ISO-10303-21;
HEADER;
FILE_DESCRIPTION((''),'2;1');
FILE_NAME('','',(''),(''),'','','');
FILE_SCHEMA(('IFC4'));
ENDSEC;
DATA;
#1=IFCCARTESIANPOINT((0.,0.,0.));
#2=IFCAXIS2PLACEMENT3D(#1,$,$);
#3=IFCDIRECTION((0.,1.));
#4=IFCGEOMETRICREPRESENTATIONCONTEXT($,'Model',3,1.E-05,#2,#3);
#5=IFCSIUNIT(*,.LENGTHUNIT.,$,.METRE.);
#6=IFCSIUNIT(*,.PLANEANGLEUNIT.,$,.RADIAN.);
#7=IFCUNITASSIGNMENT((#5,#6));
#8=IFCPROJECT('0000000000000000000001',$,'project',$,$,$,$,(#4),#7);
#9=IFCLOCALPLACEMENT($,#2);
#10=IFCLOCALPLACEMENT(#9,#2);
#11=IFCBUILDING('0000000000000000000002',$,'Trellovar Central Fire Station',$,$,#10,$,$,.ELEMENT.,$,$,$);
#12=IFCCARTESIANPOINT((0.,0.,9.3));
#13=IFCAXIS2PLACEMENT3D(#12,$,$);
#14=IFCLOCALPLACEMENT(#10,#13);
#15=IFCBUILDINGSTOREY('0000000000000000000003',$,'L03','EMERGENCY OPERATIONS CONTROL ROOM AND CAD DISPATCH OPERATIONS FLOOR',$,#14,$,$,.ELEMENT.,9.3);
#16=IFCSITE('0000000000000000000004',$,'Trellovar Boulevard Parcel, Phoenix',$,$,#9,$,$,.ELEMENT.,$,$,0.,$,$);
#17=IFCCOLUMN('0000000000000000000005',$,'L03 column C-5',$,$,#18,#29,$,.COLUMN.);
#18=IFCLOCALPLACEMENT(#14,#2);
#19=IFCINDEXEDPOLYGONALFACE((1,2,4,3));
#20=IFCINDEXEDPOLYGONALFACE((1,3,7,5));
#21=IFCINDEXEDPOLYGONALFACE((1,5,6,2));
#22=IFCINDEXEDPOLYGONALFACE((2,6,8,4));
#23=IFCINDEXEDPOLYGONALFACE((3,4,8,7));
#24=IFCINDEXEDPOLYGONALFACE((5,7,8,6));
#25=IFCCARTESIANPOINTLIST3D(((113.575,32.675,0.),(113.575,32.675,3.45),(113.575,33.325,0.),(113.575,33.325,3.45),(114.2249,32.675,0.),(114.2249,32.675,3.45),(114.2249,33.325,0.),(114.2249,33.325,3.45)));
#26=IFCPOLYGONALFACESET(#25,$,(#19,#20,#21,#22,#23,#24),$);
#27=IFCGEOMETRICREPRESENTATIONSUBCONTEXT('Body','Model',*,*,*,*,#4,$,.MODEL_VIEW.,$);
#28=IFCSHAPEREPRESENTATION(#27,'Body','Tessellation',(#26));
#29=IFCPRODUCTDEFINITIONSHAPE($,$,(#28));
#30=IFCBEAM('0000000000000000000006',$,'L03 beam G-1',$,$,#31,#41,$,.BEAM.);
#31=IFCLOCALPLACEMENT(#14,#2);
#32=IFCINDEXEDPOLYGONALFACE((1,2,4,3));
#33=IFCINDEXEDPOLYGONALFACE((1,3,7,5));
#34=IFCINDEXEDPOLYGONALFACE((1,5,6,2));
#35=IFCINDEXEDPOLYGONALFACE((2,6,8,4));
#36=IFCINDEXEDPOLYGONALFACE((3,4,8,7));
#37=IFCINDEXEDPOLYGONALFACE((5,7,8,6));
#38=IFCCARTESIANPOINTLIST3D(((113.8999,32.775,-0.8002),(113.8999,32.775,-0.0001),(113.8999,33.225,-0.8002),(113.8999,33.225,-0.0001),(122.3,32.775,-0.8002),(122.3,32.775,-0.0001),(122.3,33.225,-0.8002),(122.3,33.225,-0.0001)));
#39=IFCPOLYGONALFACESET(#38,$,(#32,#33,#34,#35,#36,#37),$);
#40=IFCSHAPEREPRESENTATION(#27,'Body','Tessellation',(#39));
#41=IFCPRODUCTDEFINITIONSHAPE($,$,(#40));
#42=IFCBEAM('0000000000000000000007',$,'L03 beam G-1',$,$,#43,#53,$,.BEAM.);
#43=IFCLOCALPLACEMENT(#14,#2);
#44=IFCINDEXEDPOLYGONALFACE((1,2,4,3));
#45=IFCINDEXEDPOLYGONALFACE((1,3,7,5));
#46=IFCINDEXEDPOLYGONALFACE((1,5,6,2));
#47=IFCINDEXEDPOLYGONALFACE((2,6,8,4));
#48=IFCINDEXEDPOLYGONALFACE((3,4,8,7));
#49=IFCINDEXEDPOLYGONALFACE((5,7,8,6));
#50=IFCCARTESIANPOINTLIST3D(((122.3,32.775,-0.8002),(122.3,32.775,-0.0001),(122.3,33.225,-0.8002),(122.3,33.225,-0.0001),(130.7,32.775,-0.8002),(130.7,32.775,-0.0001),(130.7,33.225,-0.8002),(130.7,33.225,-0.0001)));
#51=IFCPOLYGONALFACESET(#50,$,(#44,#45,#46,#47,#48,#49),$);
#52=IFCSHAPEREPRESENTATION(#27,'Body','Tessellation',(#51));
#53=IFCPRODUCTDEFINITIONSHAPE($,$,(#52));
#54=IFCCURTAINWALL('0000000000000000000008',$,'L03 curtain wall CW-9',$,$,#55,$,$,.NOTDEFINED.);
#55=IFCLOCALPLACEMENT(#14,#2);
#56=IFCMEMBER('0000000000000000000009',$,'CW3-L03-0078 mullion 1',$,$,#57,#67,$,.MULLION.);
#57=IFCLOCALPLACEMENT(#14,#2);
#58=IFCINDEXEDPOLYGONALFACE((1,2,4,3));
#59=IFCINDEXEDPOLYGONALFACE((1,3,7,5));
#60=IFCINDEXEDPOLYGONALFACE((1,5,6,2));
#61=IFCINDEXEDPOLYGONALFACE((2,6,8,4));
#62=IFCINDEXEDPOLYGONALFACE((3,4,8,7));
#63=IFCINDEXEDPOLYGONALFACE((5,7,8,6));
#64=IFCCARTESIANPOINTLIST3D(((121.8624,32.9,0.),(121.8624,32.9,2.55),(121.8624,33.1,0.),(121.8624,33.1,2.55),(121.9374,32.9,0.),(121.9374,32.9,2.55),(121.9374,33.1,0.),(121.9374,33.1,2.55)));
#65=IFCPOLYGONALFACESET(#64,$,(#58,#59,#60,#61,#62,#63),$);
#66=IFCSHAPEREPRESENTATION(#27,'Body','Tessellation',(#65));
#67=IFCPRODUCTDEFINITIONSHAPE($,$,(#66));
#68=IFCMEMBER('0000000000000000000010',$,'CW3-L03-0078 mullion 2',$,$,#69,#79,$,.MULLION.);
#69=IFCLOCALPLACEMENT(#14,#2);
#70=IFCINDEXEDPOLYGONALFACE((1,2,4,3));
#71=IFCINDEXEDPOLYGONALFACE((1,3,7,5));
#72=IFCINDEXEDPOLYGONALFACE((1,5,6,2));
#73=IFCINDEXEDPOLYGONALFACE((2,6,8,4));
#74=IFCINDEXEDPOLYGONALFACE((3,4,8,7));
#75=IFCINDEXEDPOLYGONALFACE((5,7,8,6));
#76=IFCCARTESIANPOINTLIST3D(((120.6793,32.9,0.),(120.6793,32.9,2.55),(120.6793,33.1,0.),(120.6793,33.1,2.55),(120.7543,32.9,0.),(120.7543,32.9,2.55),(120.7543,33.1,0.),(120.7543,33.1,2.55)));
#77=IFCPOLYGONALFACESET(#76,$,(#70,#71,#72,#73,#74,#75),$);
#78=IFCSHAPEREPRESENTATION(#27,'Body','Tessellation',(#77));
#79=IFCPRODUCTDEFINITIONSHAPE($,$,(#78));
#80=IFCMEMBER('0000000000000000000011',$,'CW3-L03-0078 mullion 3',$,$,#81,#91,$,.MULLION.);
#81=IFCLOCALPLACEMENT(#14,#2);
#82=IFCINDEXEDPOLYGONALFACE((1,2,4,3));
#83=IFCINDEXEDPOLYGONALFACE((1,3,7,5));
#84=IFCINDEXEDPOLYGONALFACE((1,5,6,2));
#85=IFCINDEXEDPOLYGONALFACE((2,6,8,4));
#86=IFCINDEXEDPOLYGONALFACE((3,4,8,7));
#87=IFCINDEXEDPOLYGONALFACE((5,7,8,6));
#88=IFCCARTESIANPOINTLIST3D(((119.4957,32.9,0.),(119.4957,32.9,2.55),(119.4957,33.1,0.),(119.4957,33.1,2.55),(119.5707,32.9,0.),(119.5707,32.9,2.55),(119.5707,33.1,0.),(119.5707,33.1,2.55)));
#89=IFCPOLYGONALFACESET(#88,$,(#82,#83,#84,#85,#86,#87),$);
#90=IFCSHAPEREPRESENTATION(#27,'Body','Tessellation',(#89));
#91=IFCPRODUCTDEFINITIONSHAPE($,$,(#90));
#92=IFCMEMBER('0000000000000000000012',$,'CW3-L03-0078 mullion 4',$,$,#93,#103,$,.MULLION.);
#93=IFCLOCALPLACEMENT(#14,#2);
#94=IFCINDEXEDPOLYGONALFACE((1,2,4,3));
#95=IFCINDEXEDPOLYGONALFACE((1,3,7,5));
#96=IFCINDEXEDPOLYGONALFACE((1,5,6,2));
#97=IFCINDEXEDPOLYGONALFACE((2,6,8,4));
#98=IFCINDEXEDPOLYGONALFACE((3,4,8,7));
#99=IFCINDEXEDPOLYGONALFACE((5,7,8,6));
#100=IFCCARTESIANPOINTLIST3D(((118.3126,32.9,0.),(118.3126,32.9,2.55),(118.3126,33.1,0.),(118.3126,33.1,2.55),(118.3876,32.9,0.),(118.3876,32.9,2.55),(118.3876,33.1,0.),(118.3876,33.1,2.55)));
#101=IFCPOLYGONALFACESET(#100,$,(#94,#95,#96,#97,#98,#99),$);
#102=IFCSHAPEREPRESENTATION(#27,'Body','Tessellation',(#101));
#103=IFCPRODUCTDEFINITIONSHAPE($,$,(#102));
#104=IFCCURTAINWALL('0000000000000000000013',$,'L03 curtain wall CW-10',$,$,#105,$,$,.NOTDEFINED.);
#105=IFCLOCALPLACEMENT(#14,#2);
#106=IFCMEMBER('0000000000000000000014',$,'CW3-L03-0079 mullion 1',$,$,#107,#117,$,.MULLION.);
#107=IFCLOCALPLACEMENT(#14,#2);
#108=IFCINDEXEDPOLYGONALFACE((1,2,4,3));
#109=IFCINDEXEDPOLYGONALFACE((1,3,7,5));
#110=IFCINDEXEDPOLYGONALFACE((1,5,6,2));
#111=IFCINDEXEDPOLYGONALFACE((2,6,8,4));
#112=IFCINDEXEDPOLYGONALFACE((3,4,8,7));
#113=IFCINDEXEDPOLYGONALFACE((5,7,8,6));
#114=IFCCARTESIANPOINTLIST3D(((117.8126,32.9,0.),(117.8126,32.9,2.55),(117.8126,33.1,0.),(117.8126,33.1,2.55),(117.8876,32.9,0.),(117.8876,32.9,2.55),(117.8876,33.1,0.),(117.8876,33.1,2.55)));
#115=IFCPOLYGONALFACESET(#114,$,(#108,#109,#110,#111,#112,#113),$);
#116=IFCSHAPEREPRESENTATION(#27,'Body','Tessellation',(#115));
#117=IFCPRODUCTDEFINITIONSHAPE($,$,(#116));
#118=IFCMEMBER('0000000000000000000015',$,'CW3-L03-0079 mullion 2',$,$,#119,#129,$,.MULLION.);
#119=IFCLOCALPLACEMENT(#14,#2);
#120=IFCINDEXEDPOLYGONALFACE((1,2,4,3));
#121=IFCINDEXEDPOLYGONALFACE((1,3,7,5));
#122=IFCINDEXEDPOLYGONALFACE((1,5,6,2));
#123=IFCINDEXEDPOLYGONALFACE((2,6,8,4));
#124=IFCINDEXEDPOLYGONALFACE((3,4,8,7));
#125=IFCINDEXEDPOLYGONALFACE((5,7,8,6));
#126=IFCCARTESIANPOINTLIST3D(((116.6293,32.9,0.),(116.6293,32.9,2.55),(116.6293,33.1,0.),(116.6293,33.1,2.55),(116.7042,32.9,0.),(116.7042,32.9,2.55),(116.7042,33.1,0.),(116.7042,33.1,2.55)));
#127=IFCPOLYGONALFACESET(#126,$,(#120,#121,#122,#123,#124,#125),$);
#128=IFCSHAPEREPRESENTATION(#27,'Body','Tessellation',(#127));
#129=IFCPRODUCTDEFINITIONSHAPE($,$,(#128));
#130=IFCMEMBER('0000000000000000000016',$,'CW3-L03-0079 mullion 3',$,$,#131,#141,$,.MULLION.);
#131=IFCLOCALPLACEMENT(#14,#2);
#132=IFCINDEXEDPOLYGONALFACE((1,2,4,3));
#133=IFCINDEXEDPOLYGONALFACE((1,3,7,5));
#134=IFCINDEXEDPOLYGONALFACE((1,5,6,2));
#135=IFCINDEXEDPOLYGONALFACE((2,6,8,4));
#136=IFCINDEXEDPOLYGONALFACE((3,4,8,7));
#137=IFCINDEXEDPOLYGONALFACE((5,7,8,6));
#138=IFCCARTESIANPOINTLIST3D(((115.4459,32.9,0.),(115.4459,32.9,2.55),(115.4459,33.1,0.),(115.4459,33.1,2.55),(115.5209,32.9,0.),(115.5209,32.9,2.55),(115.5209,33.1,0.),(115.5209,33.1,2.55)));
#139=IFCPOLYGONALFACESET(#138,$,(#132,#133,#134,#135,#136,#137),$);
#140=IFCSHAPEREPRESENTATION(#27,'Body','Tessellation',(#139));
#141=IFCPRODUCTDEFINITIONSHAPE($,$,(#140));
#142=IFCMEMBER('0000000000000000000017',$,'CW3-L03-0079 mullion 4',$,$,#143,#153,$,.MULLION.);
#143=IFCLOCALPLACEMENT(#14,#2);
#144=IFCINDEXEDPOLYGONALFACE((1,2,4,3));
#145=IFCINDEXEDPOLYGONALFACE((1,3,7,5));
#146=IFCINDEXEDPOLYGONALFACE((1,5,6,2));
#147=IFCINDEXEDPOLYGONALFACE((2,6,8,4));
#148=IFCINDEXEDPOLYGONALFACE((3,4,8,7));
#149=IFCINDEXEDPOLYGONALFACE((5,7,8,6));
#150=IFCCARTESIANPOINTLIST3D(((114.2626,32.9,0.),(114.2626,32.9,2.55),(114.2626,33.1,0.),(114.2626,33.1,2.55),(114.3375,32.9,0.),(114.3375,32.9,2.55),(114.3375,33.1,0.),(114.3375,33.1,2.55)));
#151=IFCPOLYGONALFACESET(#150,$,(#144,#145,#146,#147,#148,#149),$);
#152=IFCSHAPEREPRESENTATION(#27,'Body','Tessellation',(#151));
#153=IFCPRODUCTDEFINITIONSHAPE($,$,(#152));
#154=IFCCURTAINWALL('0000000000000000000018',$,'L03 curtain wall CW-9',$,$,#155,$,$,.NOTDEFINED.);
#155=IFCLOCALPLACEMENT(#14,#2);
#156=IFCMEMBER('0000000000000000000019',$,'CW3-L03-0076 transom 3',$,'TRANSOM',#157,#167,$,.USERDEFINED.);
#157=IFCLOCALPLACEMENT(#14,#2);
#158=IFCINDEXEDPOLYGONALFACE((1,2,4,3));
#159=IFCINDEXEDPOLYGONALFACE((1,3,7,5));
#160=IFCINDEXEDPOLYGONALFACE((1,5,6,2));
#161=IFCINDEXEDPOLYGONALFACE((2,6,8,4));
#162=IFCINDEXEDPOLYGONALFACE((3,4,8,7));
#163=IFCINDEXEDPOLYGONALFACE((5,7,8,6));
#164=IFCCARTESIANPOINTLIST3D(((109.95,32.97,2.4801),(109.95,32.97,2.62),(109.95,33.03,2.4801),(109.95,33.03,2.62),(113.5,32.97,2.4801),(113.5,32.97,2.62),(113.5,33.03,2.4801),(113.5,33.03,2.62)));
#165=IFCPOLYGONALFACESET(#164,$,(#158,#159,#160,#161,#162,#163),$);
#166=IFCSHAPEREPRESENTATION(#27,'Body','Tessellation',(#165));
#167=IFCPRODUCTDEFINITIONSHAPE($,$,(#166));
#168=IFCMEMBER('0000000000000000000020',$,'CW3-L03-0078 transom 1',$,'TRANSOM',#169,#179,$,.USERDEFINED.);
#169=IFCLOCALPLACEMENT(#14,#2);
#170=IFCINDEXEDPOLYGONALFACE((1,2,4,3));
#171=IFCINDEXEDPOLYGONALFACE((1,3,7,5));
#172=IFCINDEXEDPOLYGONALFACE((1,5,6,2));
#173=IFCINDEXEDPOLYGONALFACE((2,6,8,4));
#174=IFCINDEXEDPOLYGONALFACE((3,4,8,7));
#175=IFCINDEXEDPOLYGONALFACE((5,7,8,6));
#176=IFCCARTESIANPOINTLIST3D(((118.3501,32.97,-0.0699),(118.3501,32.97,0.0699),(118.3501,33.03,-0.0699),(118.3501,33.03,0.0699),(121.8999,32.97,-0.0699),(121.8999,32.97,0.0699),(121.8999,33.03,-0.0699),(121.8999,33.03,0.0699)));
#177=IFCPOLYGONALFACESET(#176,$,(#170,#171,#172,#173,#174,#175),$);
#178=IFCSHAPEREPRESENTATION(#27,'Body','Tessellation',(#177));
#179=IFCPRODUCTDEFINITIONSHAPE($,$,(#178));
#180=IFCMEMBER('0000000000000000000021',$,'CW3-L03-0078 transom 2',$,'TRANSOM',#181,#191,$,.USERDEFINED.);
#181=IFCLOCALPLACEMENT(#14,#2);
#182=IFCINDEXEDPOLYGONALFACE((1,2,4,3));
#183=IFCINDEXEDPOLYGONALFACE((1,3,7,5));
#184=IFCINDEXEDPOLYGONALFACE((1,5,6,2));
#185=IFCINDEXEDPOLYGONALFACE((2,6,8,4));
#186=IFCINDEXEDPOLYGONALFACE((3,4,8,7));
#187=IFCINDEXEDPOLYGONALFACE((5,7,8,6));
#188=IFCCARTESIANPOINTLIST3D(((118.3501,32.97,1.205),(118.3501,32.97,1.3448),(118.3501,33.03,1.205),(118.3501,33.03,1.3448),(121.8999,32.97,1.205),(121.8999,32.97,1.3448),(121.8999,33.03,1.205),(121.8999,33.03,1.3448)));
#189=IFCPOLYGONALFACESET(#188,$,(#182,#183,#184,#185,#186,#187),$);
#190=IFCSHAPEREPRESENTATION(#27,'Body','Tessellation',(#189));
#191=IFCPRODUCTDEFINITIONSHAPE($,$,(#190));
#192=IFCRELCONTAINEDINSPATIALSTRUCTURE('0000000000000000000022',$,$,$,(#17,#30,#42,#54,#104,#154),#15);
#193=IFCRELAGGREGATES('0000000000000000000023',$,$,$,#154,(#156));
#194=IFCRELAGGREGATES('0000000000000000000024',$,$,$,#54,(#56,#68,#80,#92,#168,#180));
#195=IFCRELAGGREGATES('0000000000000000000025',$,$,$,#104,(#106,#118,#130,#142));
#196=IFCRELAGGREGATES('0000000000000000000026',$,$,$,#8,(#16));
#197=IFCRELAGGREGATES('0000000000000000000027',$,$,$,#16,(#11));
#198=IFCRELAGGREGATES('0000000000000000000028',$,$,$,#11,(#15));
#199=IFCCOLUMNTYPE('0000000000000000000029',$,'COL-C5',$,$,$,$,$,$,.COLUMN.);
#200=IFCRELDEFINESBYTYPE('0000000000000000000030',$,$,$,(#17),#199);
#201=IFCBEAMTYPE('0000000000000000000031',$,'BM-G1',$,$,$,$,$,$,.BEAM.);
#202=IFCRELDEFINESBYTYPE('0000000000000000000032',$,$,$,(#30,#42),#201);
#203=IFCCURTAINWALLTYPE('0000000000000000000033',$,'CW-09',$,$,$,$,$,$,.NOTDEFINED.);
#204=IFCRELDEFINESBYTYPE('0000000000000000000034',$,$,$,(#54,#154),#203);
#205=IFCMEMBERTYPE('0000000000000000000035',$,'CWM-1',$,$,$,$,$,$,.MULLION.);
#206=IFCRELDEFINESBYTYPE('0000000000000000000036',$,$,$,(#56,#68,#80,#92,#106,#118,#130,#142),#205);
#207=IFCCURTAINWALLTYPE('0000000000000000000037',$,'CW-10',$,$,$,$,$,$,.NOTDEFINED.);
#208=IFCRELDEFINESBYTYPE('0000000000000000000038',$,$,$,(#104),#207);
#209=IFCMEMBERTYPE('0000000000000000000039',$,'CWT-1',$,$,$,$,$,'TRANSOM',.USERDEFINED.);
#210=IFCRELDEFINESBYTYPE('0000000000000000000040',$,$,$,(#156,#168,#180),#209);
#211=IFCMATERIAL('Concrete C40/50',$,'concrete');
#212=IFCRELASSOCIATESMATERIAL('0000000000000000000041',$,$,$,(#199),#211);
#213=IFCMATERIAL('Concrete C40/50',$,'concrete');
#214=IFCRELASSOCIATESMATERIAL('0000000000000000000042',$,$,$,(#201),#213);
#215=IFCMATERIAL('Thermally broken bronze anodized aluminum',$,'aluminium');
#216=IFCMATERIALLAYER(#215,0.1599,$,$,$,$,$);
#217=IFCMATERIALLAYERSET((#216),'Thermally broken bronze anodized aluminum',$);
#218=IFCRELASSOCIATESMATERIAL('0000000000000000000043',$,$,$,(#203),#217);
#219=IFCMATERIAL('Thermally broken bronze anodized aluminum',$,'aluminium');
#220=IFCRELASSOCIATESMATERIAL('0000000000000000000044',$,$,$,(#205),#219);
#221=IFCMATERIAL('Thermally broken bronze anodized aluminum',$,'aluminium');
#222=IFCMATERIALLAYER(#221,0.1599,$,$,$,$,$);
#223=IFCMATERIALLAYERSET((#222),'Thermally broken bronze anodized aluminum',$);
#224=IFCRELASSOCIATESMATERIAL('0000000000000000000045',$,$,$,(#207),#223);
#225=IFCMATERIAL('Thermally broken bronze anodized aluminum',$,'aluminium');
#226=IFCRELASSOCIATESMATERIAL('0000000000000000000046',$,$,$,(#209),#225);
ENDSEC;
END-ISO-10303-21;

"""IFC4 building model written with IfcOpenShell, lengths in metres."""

from ifc_helpers import new_model, si_unit, direction, frame, origin, origin_2d, place, context, subcontext, project, spatial, rectangle, extrude, material, layer, layer_set, material_profile, profile_set, type_object, element, aggregate, save


model = new_model("IFC4")

# Units and contexts
model_context = context("Model", 3, precision=1e-05, world=origin(), true_north=direction((0.0, 1.0)))
body_context = subcontext(model_context, "Body", "Model", "MODEL_VIEW")
ifc_project = project(units=[si_unit("LENGTHUNIT", "METRE"), si_unit("PLANEANGLEUNIT", "RADIAN")], contexts=[model_context])

# Site, building, storey
site_placement = place(None, origin())
site = spatial("IfcSite", under=ifc_project, at=site_placement, Name="Trellovar Boulevard Parcel, Phoenix", CompositionType="ELEMENT", RefElevation=0.0)
building_placement = place(site_placement, origin())
building = spatial("IfcBuilding", under=site, at=building_placement, Name="Trellovar Central Fire Station", CompositionType="ELEMENT")
storey_placement = place(building_placement, frame((0.0, 0.0, 9.3)))
storey = spatial("IfcBuildingStorey", under=building, at=storey_placement, Name="L03", Description="EMERGENCY OPERATIONS CONTROL ROOM AND CAD DISPATCH OPERATIONS FLOOR", CompositionType="ELEMENT", Elevation=9.3)

# Column
ifc_material_1 = material(Name="Concrete C40/50", Category="concrete")
ifc_material_profile_1 = material_profile(ifc_material_1, rectangle(XDim=0.6499, YDim=0.6499, at=origin_2d()), Name="RC650X650")
ifc_profile_set_1 = profile_set([ifc_material_profile_1], Name="Concrete C40/50")
column_type = type_object("IfcColumnType", Name="COL-C5", PredefinedType="COLUMN", material=ifc_profile_set_1)
column_placement = place(storey_placement, frame((113.8999, 33.0, 0.0), z_axis=(0.0, 0.0, 1.0), x_axis=(1.0, 0.0, 0.0)))
element("IfcColumn", 1, at=column_placement, inside=storey, type_object=column_type, Name="L03 column C-5", PredefinedType="COLUMN", context=body_context, shape_type="SweptSolid", body=[
    extrude(rectangle(XDim=0.6499, YDim=0.6499, at=origin_2d()), origin(), (0.0, 0.0, 1.0), 3.45),
])

# Beams
ifc_material_2 = material(Name="Concrete C40/50", Category="concrete")
ifc_material_profile_2 = material_profile(ifc_material_2, rectangle(XDim=0.45, YDim=0.8, at=origin_2d()), Name="RC450X800")
ifc_profile_set_2 = profile_set([ifc_material_profile_2], Name="Concrete C40/50")
beam_type = type_object("IfcBeamType", Name="BM-G1", PredefinedType="BEAM", material=ifc_profile_set_2)
beam_1_placement = place(storey_placement, frame((113.8999, 33.0, -0.4001), z_axis=(1.0, 0.0, 0.0), x_axis=(0.0, 1.0, 0.0)))
element("IfcBeam", 2, at=beam_1_placement, inside=storey, type_object=beam_type, Name="L03 beam G-1", PredefinedType="BEAM", context=body_context, shape_type="SweptSolid", body=[
    extrude(rectangle(XDim=0.45, YDim=0.8, at=origin_2d()), origin(), (0.0, 0.0, 1.0), 8.4001),
])
beam_2_placement = place(storey_placement, frame((122.3, 33.0, -0.4001), z_axis=(1.0, 0.0, 0.0), x_axis=(0.0, 1.0, 0.0)))
element("IfcBeam", 3, at=beam_2_placement, inside=storey, type_object=beam_type, Name="L03 beam G-1", PredefinedType="BEAM", context=body_context, shape_type="SweptSolid", body=[
    extrude(rectangle(XDim=0.45, YDim=0.8, at=origin_2d()), origin(), (0.0, 0.0, 1.0), 8.3999),
])

# Curtain walls, members
ifc_material_3 = material(Name="Thermally broken bronze anodized aluminum", Category="aluminium")
ifc_layer_1 = layer(ifc_material_3, 0.1599)
ifc_layer_set_1 = layer_set([ifc_layer_1], Name="Thermally broken bronze anodized aluminum")
curtain_wall_type_1 = type_object("IfcCurtainWallType", Name="CW-09", PredefinedType="NOTDEFINED", material=ifc_layer_set_1)
curtain_wall_1_placement = place(storey_placement, origin())
curtain_wall_1 = element("IfcCurtainWall", 4, at=curtain_wall_1_placement, inside=storey, type_object=curtain_wall_type_1, Name="L03 curtain wall CW-9", PredefinedType="NOTDEFINED")
ifc_material_4 = material(Name="Thermally broken bronze anodized aluminum", Category="aluminium")
ifc_material_profile_3 = material_profile(ifc_material_4, rectangle(XDim=0.075, YDim=0.2, at=origin_2d()), Name="ALU75X200")
ifc_profile_set_3 = profile_set([ifc_material_profile_3], Name="Thermally broken bronze anodized aluminum")
member_type_1 = type_object("IfcMemberType", Name="CWM-1", PredefinedType="MULLION", material=ifc_profile_set_3)
member_1_placement = place(storey_placement, frame((121.8999, 33.0, 0.0), z_axis=(0.0, 0.0, 1.0), x_axis=(1.0, 0.0, 0.0)))
member_1 = element("IfcMember", 5, at=member_1_placement, type_object=member_type_1, Name="CW3-L03-0078 mullion 1", PredefinedType="MULLION", context=body_context, shape_type="SweptSolid", body=[
    extrude(rectangle(XDim=0.075, YDim=0.2, at=origin_2d()), origin(), (0.0, 0.0, 1.0), 2.55),
])
member_2_placement = place(storey_placement, frame((120.7168, 33.0, 0.0), z_axis=(0.0, 0.0, 1.0), x_axis=(1.0, 0.0, 0.0)))
member_2 = element("IfcMember", 6, at=member_2_placement, type_object=member_type_1, Name="CW3-L03-0078 mullion 2", PredefinedType="MULLION", context=body_context, shape_type="SweptSolid", body=[
    extrude(rectangle(XDim=0.075, YDim=0.2, at=origin_2d()), origin(), (0.0, 0.0, 1.0), 2.55),
])
member_3_placement = place(storey_placement, frame((119.5332, 33.0, 0.0), z_axis=(0.0, 0.0, 1.0), x_axis=(1.0, 0.0, 0.0)))
member_3 = element("IfcMember", 7, at=member_3_placement, type_object=member_type_1, Name="CW3-L03-0078 mullion 3", PredefinedType="MULLION", context=body_context, shape_type="SweptSolid", body=[
    extrude(rectangle(XDim=0.075, YDim=0.2, at=origin_2d()), origin(), (0.0, 0.0, 1.0), 2.55),
])
member_4_placement = place(storey_placement, frame((118.3501, 33.0, 0.0), z_axis=(0.0, 0.0, 1.0), x_axis=(1.0, 0.0, 0.0)))
member_4 = element("IfcMember", 8, at=member_4_placement, type_object=member_type_1, Name="CW3-L03-0078 mullion 4", PredefinedType="MULLION", context=body_context, shape_type="SweptSolid", body=[
    extrude(rectangle(XDim=0.075, YDim=0.2, at=origin_2d()), origin(), (0.0, 0.0, 1.0), 2.55),
])
ifc_material_5 = material(Name="Thermally broken bronze anodized aluminum", Category="aluminium")
ifc_layer_2 = layer(ifc_material_5, 0.1599)
ifc_layer_set_2 = layer_set([ifc_layer_2], Name="Thermally broken bronze anodized aluminum")
curtain_wall_type_2 = type_object("IfcCurtainWallType", Name="CW-10", PredefinedType="NOTDEFINED", material=ifc_layer_set_2)
curtain_wall_2_placement = place(storey_placement, origin())
curtain_wall_2 = element("IfcCurtainWall", 9, at=curtain_wall_2_placement, inside=storey, type_object=curtain_wall_type_2, Name="L03 curtain wall CW-10", PredefinedType="NOTDEFINED")
member_5_placement = place(storey_placement, frame((117.8501, 33.0, 0.0), z_axis=(0.0, 0.0, 1.0), x_axis=(1.0, 0.0, 0.0)))
member_5 = element("IfcMember", 10, at=member_5_placement, type_object=member_type_1, Name="CW3-L03-0079 mullion 1", PredefinedType="MULLION", context=body_context, shape_type="SweptSolid", body=[
    extrude(rectangle(XDim=0.075, YDim=0.2, at=origin_2d()), origin(), (0.0, 0.0, 1.0), 2.55),
])
member_6_placement = place(storey_placement, frame((116.6667, 33.0, 0.0), z_axis=(0.0, 0.0, 1.0), x_axis=(1.0, 0.0, 0.0)))
member_6 = element("IfcMember", 11, at=member_6_placement, type_object=member_type_1, Name="CW3-L03-0079 mullion 2", PredefinedType="MULLION", context=body_context, shape_type="SweptSolid", body=[
    extrude(rectangle(XDim=0.075, YDim=0.2, at=origin_2d()), origin(), (0.0, 0.0, 1.0), 2.55),
])
member_7_placement = place(storey_placement, frame((115.4834, 33.0, 0.0), z_axis=(0.0, 0.0, 1.0), x_axis=(1.0, 0.0, 0.0)))
member_7 = element("IfcMember", 12, at=member_7_placement, type_object=member_type_1, Name="CW3-L03-0079 mullion 3", PredefinedType="MULLION", context=body_context, shape_type="SweptSolid", body=[
    extrude(rectangle(XDim=0.075, YDim=0.2, at=origin_2d()), origin(), (0.0, 0.0, 1.0), 2.55),
])
member_8_placement = place(storey_placement, frame((114.3, 33.0, 0.0), z_axis=(0.0, 0.0, 1.0), x_axis=(1.0, 0.0, 0.0)))
member_8 = element("IfcMember", 13, at=member_8_placement, type_object=member_type_1, Name="CW3-L03-0079 mullion 4", PredefinedType="MULLION", context=body_context, shape_type="SweptSolid", body=[
    extrude(rectangle(XDim=0.075, YDim=0.2, at=origin_2d()), origin(), (0.0, 0.0, 1.0), 2.55),
])

# Curtain wall, member
curtain_wall_3_placement = place(storey_placement, origin())
curtain_wall_3 = element("IfcCurtainWall", 14, at=curtain_wall_3_placement, inside=storey, type_object=curtain_wall_type_1, Name="L03 curtain wall CW-9", PredefinedType="NOTDEFINED")
ifc_material_6 = material(Name="Thermally broken bronze anodized aluminum", Category="aluminium")
ifc_material_profile_4 = material_profile(ifc_material_6, rectangle(XDim=0.0601, YDim=0.1399, at=origin_2d()), Name="ALU60X140")
ifc_profile_set_4 = profile_set([ifc_material_profile_4], Name="Thermally broken bronze anodized aluminum")
member_type_2 = type_object("IfcMemberType", Name="CWT-1", ElementType="TRANSOM", PredefinedType="USERDEFINED", material=ifc_profile_set_4)
member_9_placement = place(storey_placement, frame((113.5, 33.0, 2.55), z_axis=(-1.0, 0.0, 0.0), x_axis=(0.0, -1.0, 0.0)))
member_9 = element("IfcMember", 15, at=member_9_placement, type_object=member_type_2, Name="CW3-L03-0076 transom 3", ObjectType="TRANSOM", PredefinedType="USERDEFINED", context=body_context, shape_type="SweptSolid", body=[
    extrude(rectangle(XDim=0.0601, YDim=0.1399, at=origin_2d()), origin(), (0.0, 0.0, 1.0), 3.55),
])
aggregate(curtain_wall_3, [member_9])

# Members
member_10_placement = place(storey_placement, frame((121.8999, 33.0, 0.0), z_axis=(-1.0, 0.0, 0.0), x_axis=(0.0, -1.0, 0.0)))
member_10 = element("IfcMember", 16, at=member_10_placement, type_object=member_type_2, Name="CW3-L03-0078 transom 1", ObjectType="TRANSOM", PredefinedType="USERDEFINED", context=body_context, shape_type="SweptSolid", body=[
    extrude(rectangle(XDim=0.0601, YDim=0.1399, at=origin_2d()), origin(), (0.0, 0.0, 1.0), 3.5498),
])
member_11_placement = place(storey_placement, frame((121.8999, 33.0, 1.2749), z_axis=(-1.0, 0.0, 0.0), x_axis=(0.0, -1.0, 0.0)))
member_11 = element("IfcMember", 17, at=member_11_placement, type_object=member_type_2, Name="CW3-L03-0078 transom 2", ObjectType="TRANSOM", PredefinedType="USERDEFINED", context=body_context, shape_type="SweptSolid", body=[
    extrude(rectangle(XDim=0.0601, YDim=0.1399, at=origin_2d()), origin(), (0.0, 0.0, 1.0), 3.5498),
])

aggregate(curtain_wall_1, [member_1, member_2, member_3, member_4, member_10, member_11])
aggregate(curtain_wall_2, [member_5, member_6, member_7, member_8])

save(model, "model.ifc")
